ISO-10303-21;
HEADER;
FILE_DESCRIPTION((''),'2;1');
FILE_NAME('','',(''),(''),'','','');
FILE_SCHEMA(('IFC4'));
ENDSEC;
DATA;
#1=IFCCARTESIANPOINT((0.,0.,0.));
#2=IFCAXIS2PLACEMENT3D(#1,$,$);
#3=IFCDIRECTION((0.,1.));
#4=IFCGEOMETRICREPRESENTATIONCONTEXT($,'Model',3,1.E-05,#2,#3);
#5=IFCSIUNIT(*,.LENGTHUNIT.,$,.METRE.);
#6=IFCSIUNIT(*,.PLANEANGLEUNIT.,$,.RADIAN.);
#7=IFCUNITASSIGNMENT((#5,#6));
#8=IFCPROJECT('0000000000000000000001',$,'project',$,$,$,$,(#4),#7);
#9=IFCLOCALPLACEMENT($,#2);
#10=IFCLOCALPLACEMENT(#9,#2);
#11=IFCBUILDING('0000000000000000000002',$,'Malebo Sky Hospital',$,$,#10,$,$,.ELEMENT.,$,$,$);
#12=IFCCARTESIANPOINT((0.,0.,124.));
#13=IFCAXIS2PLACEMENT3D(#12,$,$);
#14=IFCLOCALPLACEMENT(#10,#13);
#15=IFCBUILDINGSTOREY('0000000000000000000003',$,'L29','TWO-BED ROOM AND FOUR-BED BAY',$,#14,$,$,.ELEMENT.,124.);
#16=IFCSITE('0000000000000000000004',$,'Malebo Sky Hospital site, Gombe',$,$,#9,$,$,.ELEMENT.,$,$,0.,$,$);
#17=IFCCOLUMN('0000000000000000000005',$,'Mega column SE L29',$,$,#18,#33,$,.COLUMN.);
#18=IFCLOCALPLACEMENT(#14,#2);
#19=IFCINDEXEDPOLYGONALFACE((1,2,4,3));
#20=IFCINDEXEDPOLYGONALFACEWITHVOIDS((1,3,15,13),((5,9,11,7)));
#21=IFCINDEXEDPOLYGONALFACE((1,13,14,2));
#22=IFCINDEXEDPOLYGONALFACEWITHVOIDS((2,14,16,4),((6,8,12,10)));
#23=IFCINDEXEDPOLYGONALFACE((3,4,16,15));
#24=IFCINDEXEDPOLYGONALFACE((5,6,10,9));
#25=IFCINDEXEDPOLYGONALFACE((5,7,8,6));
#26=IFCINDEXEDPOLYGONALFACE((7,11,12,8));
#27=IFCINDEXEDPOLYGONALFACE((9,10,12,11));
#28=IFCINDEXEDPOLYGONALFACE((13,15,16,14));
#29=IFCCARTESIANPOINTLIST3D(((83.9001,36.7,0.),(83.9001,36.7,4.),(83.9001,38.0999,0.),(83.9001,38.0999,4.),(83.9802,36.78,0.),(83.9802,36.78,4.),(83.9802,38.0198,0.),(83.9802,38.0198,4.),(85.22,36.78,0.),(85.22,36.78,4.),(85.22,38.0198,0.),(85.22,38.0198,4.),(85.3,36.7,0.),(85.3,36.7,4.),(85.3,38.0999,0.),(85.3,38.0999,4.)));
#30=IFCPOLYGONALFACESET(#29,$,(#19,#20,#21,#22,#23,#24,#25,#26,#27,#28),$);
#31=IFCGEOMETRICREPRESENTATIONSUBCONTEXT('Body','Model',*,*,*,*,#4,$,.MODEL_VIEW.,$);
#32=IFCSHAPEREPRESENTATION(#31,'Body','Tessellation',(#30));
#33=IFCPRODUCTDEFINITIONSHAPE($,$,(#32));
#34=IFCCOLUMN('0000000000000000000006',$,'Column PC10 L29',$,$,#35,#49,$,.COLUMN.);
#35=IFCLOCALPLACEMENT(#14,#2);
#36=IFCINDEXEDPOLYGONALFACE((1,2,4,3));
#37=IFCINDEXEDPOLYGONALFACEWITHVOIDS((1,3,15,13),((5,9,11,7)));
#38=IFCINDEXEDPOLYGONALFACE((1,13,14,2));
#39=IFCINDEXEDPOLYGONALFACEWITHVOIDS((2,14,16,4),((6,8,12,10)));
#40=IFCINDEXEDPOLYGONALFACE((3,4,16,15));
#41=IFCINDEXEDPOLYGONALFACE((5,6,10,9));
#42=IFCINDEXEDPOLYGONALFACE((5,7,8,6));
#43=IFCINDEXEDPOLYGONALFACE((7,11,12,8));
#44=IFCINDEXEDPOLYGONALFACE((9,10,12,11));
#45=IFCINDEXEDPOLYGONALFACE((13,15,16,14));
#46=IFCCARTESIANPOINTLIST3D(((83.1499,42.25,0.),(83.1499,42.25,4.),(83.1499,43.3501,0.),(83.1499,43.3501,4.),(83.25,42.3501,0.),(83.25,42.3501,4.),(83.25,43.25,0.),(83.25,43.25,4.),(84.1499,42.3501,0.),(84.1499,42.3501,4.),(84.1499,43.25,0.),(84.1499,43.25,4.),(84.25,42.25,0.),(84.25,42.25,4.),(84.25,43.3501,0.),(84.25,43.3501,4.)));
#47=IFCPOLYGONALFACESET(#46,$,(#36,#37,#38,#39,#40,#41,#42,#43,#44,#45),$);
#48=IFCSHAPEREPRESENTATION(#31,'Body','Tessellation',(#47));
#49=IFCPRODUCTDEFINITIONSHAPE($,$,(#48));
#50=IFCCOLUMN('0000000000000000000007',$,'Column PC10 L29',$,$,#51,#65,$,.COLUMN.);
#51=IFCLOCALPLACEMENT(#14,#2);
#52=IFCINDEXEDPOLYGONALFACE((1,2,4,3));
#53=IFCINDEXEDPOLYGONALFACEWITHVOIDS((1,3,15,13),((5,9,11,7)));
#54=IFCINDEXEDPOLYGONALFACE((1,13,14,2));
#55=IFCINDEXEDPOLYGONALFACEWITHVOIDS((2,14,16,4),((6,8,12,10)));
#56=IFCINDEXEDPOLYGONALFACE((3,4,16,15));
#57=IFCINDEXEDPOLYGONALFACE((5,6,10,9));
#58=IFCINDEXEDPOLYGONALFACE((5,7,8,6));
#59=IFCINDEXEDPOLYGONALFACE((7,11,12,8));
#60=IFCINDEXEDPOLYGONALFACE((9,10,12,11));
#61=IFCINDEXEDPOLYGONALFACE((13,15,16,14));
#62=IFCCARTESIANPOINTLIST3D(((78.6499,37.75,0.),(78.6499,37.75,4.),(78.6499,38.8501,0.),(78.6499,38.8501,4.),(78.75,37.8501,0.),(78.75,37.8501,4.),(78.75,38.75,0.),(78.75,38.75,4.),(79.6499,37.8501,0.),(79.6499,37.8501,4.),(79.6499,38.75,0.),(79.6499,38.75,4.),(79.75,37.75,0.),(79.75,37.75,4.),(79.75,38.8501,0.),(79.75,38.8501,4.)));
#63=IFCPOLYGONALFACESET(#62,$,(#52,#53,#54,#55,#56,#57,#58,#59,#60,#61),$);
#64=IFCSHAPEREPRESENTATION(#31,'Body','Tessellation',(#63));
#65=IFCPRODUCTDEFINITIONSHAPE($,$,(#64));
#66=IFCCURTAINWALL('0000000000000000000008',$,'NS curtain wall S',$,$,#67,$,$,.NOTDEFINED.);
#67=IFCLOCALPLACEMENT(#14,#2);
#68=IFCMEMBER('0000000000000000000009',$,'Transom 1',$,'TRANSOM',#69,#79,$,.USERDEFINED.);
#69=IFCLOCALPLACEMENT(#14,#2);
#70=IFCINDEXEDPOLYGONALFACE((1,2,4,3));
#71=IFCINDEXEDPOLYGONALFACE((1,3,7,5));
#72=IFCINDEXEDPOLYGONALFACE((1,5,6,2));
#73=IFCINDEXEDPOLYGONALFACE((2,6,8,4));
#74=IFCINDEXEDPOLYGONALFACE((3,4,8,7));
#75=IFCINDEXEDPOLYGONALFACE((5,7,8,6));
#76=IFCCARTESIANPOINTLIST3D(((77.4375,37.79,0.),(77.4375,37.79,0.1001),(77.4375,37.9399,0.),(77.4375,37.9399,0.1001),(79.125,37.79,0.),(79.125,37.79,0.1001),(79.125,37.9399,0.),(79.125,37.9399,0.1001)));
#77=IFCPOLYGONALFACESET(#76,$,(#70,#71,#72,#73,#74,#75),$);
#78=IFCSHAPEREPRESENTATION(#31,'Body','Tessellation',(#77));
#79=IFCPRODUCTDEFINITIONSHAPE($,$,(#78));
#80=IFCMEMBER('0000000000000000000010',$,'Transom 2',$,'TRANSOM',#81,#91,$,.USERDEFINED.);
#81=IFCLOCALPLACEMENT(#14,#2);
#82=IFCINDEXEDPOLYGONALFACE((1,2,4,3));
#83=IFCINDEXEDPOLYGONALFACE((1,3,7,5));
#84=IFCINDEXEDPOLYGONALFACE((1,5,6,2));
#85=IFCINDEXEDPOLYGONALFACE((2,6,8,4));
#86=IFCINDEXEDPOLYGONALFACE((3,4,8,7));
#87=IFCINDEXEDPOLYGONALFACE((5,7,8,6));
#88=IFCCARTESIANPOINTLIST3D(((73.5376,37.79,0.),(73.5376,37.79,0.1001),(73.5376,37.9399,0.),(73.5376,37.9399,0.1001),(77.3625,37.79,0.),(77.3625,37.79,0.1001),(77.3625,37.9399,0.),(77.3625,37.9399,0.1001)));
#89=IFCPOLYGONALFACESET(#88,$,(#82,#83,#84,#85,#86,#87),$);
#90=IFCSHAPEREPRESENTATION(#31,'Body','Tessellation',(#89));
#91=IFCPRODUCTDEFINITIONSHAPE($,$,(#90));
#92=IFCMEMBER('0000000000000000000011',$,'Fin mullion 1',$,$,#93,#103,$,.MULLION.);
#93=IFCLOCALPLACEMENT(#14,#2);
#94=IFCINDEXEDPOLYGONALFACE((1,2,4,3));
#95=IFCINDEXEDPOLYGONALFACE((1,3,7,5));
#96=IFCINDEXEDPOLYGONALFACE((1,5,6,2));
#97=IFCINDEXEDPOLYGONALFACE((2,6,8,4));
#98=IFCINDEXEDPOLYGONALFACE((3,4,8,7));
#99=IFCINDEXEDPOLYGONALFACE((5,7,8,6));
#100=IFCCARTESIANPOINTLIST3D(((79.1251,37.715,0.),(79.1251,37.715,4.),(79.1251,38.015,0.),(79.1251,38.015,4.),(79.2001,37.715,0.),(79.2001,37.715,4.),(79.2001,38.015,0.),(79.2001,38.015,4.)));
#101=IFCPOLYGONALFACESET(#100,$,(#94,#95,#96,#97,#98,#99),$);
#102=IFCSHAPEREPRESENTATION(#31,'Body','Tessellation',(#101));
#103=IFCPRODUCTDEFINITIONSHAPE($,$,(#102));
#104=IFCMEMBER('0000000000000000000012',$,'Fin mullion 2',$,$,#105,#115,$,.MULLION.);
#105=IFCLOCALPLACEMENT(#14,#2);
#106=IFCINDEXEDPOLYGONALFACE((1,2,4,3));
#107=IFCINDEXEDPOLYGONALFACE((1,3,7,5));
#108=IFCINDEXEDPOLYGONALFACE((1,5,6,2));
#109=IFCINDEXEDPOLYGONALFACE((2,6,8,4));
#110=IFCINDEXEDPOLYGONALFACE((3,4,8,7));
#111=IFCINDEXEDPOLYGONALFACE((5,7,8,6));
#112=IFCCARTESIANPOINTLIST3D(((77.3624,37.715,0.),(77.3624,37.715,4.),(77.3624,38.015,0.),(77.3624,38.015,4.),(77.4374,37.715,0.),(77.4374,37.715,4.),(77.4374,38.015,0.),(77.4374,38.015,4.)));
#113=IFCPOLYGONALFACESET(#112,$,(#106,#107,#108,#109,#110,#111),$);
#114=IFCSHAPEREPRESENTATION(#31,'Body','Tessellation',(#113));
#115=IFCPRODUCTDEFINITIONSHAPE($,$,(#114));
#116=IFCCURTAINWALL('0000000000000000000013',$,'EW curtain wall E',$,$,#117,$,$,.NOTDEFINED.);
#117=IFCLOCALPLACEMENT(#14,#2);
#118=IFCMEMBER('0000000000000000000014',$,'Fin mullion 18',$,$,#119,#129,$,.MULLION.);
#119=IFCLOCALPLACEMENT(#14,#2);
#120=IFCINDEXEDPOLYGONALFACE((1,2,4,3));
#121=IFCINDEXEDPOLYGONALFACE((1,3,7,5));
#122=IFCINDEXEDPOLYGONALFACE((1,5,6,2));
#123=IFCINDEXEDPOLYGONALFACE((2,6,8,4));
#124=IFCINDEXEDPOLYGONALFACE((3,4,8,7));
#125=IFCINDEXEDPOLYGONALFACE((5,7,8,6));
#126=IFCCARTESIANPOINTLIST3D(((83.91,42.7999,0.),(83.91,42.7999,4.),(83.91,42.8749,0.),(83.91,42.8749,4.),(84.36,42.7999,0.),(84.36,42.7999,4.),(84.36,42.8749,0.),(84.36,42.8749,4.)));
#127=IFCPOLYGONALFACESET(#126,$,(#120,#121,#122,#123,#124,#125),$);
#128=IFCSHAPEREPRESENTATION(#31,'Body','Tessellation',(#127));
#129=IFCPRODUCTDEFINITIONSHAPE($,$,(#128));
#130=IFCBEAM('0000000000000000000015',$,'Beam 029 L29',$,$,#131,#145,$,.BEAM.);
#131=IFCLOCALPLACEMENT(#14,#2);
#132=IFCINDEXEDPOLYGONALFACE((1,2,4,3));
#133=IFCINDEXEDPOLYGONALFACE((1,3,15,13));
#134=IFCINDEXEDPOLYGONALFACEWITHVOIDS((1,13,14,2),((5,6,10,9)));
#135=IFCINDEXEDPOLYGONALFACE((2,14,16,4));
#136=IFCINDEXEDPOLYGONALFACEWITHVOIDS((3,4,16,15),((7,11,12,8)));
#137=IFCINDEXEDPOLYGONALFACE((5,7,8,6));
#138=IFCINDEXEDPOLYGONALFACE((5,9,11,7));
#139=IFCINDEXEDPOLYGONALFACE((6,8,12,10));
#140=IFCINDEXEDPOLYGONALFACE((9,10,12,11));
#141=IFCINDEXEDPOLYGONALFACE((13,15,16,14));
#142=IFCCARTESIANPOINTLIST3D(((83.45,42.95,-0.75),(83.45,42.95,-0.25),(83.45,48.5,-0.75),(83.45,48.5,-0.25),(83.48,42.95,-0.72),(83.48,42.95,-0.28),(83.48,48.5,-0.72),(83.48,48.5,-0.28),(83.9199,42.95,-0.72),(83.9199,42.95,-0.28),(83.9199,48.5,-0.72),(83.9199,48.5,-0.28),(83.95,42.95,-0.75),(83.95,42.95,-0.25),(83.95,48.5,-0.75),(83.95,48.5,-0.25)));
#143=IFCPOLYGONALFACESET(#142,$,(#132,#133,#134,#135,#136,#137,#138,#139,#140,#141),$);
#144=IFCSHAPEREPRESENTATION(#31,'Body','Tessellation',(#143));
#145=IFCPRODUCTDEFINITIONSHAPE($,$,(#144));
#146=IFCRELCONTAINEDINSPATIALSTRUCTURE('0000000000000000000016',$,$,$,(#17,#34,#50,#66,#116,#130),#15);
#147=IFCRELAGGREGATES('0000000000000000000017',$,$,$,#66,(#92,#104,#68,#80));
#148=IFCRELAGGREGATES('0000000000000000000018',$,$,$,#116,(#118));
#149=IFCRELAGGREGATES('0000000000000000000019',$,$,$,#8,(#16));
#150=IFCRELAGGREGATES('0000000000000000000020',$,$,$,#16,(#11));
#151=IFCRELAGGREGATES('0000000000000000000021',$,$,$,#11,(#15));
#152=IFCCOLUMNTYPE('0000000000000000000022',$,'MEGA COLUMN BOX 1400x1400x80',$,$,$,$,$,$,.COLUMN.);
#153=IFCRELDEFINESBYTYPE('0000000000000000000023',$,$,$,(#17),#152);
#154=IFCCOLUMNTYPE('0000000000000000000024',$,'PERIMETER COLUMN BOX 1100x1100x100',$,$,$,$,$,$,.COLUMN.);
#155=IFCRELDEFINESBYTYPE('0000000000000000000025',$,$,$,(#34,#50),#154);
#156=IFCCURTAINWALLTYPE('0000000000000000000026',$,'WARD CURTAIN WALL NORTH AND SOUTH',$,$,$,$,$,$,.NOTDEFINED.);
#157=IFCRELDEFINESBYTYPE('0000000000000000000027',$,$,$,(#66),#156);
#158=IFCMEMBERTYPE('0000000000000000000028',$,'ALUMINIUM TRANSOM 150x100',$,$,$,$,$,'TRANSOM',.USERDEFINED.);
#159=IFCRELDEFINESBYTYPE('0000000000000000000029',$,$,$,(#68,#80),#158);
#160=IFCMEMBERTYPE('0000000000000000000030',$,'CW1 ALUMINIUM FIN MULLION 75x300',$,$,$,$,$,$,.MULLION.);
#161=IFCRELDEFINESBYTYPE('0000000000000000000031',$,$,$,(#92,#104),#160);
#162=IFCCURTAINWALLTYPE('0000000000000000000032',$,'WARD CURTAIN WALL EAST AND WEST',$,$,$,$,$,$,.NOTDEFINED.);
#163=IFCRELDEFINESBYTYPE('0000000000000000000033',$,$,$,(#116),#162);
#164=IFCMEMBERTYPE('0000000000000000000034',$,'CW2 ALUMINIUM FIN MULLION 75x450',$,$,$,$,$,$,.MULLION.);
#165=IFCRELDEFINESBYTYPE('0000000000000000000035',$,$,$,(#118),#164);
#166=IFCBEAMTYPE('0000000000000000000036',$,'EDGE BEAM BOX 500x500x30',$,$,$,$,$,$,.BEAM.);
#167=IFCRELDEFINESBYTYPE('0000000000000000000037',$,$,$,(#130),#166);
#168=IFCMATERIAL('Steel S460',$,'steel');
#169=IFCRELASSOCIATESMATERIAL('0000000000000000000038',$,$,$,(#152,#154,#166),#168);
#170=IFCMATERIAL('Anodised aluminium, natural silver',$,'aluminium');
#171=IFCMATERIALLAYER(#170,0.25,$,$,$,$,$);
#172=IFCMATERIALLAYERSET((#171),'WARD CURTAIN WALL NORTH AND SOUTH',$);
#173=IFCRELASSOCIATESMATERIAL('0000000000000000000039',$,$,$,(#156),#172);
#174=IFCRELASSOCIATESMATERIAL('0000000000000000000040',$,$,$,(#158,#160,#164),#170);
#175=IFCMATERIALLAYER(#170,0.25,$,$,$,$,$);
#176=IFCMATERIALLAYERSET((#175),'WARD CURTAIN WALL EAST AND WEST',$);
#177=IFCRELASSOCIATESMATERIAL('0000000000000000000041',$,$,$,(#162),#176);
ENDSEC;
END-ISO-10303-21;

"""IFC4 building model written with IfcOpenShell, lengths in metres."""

from ifc_helpers import new_model, si_unit, direction, frame, origin, origin_2d, place, context, subcontext, project, spatial, rectangle, hollow_rectangle, extrude, material, layer, layer_set, material_profile, profile_set, type_object, element, aggregate, save


model = new_model("IFC4")

# Units and contexts
model_context = context("Model", 3, precision=1e-05, world=origin(), true_north=direction((0.0, 1.0)))
body_context = subcontext(model_context, "Body", "Model", "MODEL_VIEW")
ifc_project = project(units=[si_unit("LENGTHUNIT", "METRE"), si_unit("PLANEANGLEUNIT", "RADIAN")], contexts=[model_context])

# Site, building, storey
site_placement = place(None, origin())
site = spatial("IfcSite", under=ifc_project, at=site_placement, Name="Malebo Sky Hospital site, Gombe", CompositionType="ELEMENT", RefElevation=0.0)
building_placement = place(site_placement, origin())
building = spatial("IfcBuilding", under=site, at=building_placement, Name="Malebo Sky Hospital", CompositionType="ELEMENT")
storey_placement = place(building_placement, frame((0.0, 0.0, 124.0)))
storey = spatial("IfcBuildingStorey", under=building, at=storey_placement, Name="L29", Description="TWO-BED ROOM AND FOUR-BED BAY", CompositionType="ELEMENT", Elevation=124.0)

# Columns
ifc_material_1 = material(Name="Steel S460", Category="steel")
ifc_material_profile_1 = material_profile(ifc_material_1, hollow_rectangle(XDim=1.3999, YDim=1.3999, WallThickness=0.0801, at=origin_2d()), Name="BOX 1400x1400x80")
ifc_profile_set_1 = profile_set([ifc_material_profile_1], Name="Steel S460")
column_type_1 = type_object("IfcColumnType", Name="MEGA COLUMN BOX 1400x1400x80", PredefinedType="COLUMN", material=ifc_profile_set_1)
column_placement = place(storey_placement, frame((84.6001, 37.3999, 0.0), z_axis=(0.0, 0.0, 1.0), x_axis=(1.0, 0.0, 0.0)))
element("IfcColumn", 1, at=column_placement, inside=storey, type_object=column_type_1, Name="Mega column SE L29", PredefinedType="COLUMN", context=body_context, shape_type="SweptSolid", body=[
    extrude(hollow_rectangle(XDim=1.3999, YDim=1.3999, WallThickness=0.0801, at=origin_2d()), origin(), (0.0, 0.0, 1.0), 4.0),
])
ifc_material_profile_2 = material_profile(ifc_material_1, hollow_rectangle(XDim=1.1001, YDim=1.1001, WallThickness=0.1001, at=origin_2d()), Name="BOX 1100x1100x100")
ifc_profile_set_2 = profile_set([ifc_material_profile_2], Name="Steel S460")
column_type_2 = type_object("IfcColumnType", Name="PERIMETER COLUMN BOX 1100x1100x100", PredefinedType="COLUMN", material=ifc_profile_set_2)
for number, where, z_axis, x_axis, name in (
    (2, (83.7, 42.8, 0.0), (0.0, 0.0, 1.0), (1.0, 0.0, 0.0), "Column PC10 L29"),
    (3, (79.2, 38.3, 0.0), (0.0, 0.0, 1.0), (1.0, 0.0, 0.0), "Column PC10 L29"),
):
    element("IfcColumn", number, at=place(storey_placement, frame(where, z_axis=z_axis, x_axis=x_axis)), inside=storey, type_object=column_type_2, Name=name, PredefinedType="COLUMN", context=body_context, shape_type="SweptSolid", body=[
        extrude(hollow_rectangle(XDim=1.1001, YDim=1.1001, WallThickness=0.1001, at=origin_2d()), origin(), (0.0, 0.0, 1.0), 4.0),
    ])

# Curtain wall, members
ifc_material_2 = material(Name="Anodised aluminium, natural silver", Category="aluminium")
ifc_layer_1 = layer(ifc_material_2, 0.25)
ifc_layer_set_1 = layer_set([ifc_layer_1], Name="WARD CURTAIN WALL NORTH AND SOUTH")
curtain_wall_type_1 = type_object("IfcCurtainWallType", Name="WARD CURTAIN WALL NORTH AND SOUTH", PredefinedType="NOTDEFINED", material=ifc_layer_set_1)
curtain_wall_1_placement = place(storey_placement, origin())
curtain_wall_1 = element("IfcCurtainWall", 4, at=curtain_wall_1_placement, inside=storey, type_object=curtain_wall_type_1, Name="NS curtain wall S", PredefinedType="NOTDEFINED")
ifc_material_profile_3 = material_profile(ifc_material_2, rectangle(XDim=0.1499, YDim=0.1001, at=origin_2d()), Name="ALUMINIUM TRANSOM 150x100")
ifc_profile_set_3 = profile_set([ifc_material_profile_3], Name="Anodised aluminium, natural silver")
member_type_1 = type_object("IfcMemberType", Name="ALUMINIUM TRANSOM 150x100", ElementType="TRANSOM", PredefinedType="USERDEFINED", material=ifc_profile_set_3)
member_1_placement = place(storey_placement, frame((79.125, 37.865, 0.05), z_axis=(-1.0, 0.0, 0.0), x_axis=(0.0, -1.0, 0.0)))
member_1 = element("IfcMember", 5, at=member_1_placement, type_object=member_type_1, Name="Transom 1", ObjectType="TRANSOM", PredefinedType="USERDEFINED", context=body_context, shape_type="SweptSolid", body=[
    extrude(rectangle(XDim=0.1499, YDim=0.1001, at=origin_2d()), origin(), (0.0, 0.0, 1.0), 1.6875),
])
member_2_placement = place(storey_placement, frame((77.3625, 37.865, 0.05), z_axis=(-1.0, 0.0, 0.0), x_axis=(0.0, -1.0, 0.0)))
member_2 = element("IfcMember", 6, at=member_2_placement, type_object=member_type_1, Name="Transom 2", ObjectType="TRANSOM", PredefinedType="USERDEFINED", context=body_context, shape_type="SweptSolid", body=[
    extrude(rectangle(XDim=0.1499, YDim=0.1001, at=origin_2d()), origin(), (0.0, 0.0, 1.0), 3.825),
])
ifc_material_profile_4 = material_profile(ifc_material_2, rectangle(XDim=0.075, YDim=0.3, at=origin_2d()), Name="CW1 ALUMINIUM FIN MULLION 75x300")
ifc_profile_set_4 = profile_set([ifc_material_profile_4], Name="Anodised aluminium, natural silver")
member_type_2 = type_object("IfcMemberType", Name="CW1 ALUMINIUM FIN MULLION 75x300", PredefinedType="MULLION", material=ifc_profile_set_4)
member_3_placement = place(storey_placement, frame((79.1626, 37.865, 0.0), z_axis=(0.0, 0.0, 1.0), x_axis=(-1.0, 0.0, 0.0)))
member_3 = element("IfcMember", 7, at=member_3_placement, type_object=member_type_2, Name="Fin mullion 1", PredefinedType="MULLION", context=body_context, shape_type="SweptSolid", body=[
    extrude(rectangle(XDim=0.075, YDim=0.3, at=origin_2d()), origin(), (0.0, 0.0, 1.0), 4.0),
])
member_4_placement = place(storey_placement, frame((77.3999, 37.865, 0.0), z_axis=(0.0, 0.0, 1.0), x_axis=(-1.0, 0.0, 0.0)))
member_4 = element("IfcMember", 8, at=member_4_placement, type_object=member_type_2, Name="Fin mullion 2", PredefinedType="MULLION", context=body_context, shape_type="SweptSolid", body=[
    extrude(rectangle(XDim=0.075, YDim=0.3, at=origin_2d()), origin(), (0.0, 0.0, 1.0), 4.0),
])

# Curtain wall, member
ifc_layer_2 = layer(ifc_material_2, 0.25)
ifc_layer_set_2 = layer_set([ifc_layer_2], Name="WARD CURTAIN WALL EAST AND WEST")
curtain_wall_type_2 = type_object("IfcCurtainWallType", Name="WARD CURTAIN WALL EAST AND WEST", PredefinedType="NOTDEFINED", material=ifc_layer_set_2)
curtain_wall_2_placement = place(storey_placement, origin())
curtain_wall_2 = element("IfcCurtainWall", 9, at=curtain_wall_2_placement, inside=storey, type_object=curtain_wall_type_2, Name="EW curtain wall E", PredefinedType="NOTDEFINED")
ifc_material_profile_5 = material_profile(ifc_material_2, rectangle(XDim=0.075, YDim=0.45, at=origin_2d()), Name="CW2 ALUMINIUM FIN MULLION 75x450")
ifc_profile_set_5 = profile_set([ifc_material_profile_5], Name="Anodised aluminium, natural silver")
member_type_3 = type_object("IfcMemberType", Name="CW2 ALUMINIUM FIN MULLION 75x450", PredefinedType="MULLION", material=ifc_profile_set_5)
member_5_placement = place(storey_placement, frame((84.135, 42.8374, 0.0), z_axis=(0.0, 0.0, 1.0), x_axis=(0.0, -1.0, 0.0)))
member_5 = element("IfcMember", 10, at=member_5_placement, type_object=member_type_3, Name="Fin mullion 18", PredefinedType="MULLION", context=body_context, shape_type="SweptSolid", body=[
    extrude(rectangle(XDim=0.075, YDim=0.45, at=origin_2d()), origin(), (0.0, 0.0, 1.0), 4.0),
])

# Beam
ifc_material_profile_6 = material_profile(ifc_material_1, hollow_rectangle(XDim=0.5, YDim=0.5, WallThickness=0.03, at=origin_2d()), Name="BOX 500x500x30")
ifc_profile_set_6 = profile_set([ifc_material_profile_6], Name="Steel S460")
beam_type_1 = type_object("IfcBeamType", Name="EDGE BEAM BOX 500x500x30", PredefinedType="BEAM", material=ifc_profile_set_6)
beam_1_placement = place(storey_placement, frame((83.7, 42.95, -0.5), z_axis=(0.0, 1.0, 0.0), x_axis=(-1.0, 0.0, 0.0)))
element("IfcBeam", 11, at=beam_1_placement, inside=storey, type_object=beam_type_1, Name="Beam 029 L29", PredefinedType="BEAM", context=body_context, shape_type="SweptSolid", body=[
    extrude(hollow_rectangle(XDim=0.5, YDim=0.5, WallThickness=0.03, at=origin_2d()), origin(), (0.0, 0.0, 1.0), 5.55),
])

aggregate(curtain_wall_1, [member_3, member_4, member_1, member_2])
aggregate(curtain_wall_2, [member_5])

save(model, "model.ifc")
